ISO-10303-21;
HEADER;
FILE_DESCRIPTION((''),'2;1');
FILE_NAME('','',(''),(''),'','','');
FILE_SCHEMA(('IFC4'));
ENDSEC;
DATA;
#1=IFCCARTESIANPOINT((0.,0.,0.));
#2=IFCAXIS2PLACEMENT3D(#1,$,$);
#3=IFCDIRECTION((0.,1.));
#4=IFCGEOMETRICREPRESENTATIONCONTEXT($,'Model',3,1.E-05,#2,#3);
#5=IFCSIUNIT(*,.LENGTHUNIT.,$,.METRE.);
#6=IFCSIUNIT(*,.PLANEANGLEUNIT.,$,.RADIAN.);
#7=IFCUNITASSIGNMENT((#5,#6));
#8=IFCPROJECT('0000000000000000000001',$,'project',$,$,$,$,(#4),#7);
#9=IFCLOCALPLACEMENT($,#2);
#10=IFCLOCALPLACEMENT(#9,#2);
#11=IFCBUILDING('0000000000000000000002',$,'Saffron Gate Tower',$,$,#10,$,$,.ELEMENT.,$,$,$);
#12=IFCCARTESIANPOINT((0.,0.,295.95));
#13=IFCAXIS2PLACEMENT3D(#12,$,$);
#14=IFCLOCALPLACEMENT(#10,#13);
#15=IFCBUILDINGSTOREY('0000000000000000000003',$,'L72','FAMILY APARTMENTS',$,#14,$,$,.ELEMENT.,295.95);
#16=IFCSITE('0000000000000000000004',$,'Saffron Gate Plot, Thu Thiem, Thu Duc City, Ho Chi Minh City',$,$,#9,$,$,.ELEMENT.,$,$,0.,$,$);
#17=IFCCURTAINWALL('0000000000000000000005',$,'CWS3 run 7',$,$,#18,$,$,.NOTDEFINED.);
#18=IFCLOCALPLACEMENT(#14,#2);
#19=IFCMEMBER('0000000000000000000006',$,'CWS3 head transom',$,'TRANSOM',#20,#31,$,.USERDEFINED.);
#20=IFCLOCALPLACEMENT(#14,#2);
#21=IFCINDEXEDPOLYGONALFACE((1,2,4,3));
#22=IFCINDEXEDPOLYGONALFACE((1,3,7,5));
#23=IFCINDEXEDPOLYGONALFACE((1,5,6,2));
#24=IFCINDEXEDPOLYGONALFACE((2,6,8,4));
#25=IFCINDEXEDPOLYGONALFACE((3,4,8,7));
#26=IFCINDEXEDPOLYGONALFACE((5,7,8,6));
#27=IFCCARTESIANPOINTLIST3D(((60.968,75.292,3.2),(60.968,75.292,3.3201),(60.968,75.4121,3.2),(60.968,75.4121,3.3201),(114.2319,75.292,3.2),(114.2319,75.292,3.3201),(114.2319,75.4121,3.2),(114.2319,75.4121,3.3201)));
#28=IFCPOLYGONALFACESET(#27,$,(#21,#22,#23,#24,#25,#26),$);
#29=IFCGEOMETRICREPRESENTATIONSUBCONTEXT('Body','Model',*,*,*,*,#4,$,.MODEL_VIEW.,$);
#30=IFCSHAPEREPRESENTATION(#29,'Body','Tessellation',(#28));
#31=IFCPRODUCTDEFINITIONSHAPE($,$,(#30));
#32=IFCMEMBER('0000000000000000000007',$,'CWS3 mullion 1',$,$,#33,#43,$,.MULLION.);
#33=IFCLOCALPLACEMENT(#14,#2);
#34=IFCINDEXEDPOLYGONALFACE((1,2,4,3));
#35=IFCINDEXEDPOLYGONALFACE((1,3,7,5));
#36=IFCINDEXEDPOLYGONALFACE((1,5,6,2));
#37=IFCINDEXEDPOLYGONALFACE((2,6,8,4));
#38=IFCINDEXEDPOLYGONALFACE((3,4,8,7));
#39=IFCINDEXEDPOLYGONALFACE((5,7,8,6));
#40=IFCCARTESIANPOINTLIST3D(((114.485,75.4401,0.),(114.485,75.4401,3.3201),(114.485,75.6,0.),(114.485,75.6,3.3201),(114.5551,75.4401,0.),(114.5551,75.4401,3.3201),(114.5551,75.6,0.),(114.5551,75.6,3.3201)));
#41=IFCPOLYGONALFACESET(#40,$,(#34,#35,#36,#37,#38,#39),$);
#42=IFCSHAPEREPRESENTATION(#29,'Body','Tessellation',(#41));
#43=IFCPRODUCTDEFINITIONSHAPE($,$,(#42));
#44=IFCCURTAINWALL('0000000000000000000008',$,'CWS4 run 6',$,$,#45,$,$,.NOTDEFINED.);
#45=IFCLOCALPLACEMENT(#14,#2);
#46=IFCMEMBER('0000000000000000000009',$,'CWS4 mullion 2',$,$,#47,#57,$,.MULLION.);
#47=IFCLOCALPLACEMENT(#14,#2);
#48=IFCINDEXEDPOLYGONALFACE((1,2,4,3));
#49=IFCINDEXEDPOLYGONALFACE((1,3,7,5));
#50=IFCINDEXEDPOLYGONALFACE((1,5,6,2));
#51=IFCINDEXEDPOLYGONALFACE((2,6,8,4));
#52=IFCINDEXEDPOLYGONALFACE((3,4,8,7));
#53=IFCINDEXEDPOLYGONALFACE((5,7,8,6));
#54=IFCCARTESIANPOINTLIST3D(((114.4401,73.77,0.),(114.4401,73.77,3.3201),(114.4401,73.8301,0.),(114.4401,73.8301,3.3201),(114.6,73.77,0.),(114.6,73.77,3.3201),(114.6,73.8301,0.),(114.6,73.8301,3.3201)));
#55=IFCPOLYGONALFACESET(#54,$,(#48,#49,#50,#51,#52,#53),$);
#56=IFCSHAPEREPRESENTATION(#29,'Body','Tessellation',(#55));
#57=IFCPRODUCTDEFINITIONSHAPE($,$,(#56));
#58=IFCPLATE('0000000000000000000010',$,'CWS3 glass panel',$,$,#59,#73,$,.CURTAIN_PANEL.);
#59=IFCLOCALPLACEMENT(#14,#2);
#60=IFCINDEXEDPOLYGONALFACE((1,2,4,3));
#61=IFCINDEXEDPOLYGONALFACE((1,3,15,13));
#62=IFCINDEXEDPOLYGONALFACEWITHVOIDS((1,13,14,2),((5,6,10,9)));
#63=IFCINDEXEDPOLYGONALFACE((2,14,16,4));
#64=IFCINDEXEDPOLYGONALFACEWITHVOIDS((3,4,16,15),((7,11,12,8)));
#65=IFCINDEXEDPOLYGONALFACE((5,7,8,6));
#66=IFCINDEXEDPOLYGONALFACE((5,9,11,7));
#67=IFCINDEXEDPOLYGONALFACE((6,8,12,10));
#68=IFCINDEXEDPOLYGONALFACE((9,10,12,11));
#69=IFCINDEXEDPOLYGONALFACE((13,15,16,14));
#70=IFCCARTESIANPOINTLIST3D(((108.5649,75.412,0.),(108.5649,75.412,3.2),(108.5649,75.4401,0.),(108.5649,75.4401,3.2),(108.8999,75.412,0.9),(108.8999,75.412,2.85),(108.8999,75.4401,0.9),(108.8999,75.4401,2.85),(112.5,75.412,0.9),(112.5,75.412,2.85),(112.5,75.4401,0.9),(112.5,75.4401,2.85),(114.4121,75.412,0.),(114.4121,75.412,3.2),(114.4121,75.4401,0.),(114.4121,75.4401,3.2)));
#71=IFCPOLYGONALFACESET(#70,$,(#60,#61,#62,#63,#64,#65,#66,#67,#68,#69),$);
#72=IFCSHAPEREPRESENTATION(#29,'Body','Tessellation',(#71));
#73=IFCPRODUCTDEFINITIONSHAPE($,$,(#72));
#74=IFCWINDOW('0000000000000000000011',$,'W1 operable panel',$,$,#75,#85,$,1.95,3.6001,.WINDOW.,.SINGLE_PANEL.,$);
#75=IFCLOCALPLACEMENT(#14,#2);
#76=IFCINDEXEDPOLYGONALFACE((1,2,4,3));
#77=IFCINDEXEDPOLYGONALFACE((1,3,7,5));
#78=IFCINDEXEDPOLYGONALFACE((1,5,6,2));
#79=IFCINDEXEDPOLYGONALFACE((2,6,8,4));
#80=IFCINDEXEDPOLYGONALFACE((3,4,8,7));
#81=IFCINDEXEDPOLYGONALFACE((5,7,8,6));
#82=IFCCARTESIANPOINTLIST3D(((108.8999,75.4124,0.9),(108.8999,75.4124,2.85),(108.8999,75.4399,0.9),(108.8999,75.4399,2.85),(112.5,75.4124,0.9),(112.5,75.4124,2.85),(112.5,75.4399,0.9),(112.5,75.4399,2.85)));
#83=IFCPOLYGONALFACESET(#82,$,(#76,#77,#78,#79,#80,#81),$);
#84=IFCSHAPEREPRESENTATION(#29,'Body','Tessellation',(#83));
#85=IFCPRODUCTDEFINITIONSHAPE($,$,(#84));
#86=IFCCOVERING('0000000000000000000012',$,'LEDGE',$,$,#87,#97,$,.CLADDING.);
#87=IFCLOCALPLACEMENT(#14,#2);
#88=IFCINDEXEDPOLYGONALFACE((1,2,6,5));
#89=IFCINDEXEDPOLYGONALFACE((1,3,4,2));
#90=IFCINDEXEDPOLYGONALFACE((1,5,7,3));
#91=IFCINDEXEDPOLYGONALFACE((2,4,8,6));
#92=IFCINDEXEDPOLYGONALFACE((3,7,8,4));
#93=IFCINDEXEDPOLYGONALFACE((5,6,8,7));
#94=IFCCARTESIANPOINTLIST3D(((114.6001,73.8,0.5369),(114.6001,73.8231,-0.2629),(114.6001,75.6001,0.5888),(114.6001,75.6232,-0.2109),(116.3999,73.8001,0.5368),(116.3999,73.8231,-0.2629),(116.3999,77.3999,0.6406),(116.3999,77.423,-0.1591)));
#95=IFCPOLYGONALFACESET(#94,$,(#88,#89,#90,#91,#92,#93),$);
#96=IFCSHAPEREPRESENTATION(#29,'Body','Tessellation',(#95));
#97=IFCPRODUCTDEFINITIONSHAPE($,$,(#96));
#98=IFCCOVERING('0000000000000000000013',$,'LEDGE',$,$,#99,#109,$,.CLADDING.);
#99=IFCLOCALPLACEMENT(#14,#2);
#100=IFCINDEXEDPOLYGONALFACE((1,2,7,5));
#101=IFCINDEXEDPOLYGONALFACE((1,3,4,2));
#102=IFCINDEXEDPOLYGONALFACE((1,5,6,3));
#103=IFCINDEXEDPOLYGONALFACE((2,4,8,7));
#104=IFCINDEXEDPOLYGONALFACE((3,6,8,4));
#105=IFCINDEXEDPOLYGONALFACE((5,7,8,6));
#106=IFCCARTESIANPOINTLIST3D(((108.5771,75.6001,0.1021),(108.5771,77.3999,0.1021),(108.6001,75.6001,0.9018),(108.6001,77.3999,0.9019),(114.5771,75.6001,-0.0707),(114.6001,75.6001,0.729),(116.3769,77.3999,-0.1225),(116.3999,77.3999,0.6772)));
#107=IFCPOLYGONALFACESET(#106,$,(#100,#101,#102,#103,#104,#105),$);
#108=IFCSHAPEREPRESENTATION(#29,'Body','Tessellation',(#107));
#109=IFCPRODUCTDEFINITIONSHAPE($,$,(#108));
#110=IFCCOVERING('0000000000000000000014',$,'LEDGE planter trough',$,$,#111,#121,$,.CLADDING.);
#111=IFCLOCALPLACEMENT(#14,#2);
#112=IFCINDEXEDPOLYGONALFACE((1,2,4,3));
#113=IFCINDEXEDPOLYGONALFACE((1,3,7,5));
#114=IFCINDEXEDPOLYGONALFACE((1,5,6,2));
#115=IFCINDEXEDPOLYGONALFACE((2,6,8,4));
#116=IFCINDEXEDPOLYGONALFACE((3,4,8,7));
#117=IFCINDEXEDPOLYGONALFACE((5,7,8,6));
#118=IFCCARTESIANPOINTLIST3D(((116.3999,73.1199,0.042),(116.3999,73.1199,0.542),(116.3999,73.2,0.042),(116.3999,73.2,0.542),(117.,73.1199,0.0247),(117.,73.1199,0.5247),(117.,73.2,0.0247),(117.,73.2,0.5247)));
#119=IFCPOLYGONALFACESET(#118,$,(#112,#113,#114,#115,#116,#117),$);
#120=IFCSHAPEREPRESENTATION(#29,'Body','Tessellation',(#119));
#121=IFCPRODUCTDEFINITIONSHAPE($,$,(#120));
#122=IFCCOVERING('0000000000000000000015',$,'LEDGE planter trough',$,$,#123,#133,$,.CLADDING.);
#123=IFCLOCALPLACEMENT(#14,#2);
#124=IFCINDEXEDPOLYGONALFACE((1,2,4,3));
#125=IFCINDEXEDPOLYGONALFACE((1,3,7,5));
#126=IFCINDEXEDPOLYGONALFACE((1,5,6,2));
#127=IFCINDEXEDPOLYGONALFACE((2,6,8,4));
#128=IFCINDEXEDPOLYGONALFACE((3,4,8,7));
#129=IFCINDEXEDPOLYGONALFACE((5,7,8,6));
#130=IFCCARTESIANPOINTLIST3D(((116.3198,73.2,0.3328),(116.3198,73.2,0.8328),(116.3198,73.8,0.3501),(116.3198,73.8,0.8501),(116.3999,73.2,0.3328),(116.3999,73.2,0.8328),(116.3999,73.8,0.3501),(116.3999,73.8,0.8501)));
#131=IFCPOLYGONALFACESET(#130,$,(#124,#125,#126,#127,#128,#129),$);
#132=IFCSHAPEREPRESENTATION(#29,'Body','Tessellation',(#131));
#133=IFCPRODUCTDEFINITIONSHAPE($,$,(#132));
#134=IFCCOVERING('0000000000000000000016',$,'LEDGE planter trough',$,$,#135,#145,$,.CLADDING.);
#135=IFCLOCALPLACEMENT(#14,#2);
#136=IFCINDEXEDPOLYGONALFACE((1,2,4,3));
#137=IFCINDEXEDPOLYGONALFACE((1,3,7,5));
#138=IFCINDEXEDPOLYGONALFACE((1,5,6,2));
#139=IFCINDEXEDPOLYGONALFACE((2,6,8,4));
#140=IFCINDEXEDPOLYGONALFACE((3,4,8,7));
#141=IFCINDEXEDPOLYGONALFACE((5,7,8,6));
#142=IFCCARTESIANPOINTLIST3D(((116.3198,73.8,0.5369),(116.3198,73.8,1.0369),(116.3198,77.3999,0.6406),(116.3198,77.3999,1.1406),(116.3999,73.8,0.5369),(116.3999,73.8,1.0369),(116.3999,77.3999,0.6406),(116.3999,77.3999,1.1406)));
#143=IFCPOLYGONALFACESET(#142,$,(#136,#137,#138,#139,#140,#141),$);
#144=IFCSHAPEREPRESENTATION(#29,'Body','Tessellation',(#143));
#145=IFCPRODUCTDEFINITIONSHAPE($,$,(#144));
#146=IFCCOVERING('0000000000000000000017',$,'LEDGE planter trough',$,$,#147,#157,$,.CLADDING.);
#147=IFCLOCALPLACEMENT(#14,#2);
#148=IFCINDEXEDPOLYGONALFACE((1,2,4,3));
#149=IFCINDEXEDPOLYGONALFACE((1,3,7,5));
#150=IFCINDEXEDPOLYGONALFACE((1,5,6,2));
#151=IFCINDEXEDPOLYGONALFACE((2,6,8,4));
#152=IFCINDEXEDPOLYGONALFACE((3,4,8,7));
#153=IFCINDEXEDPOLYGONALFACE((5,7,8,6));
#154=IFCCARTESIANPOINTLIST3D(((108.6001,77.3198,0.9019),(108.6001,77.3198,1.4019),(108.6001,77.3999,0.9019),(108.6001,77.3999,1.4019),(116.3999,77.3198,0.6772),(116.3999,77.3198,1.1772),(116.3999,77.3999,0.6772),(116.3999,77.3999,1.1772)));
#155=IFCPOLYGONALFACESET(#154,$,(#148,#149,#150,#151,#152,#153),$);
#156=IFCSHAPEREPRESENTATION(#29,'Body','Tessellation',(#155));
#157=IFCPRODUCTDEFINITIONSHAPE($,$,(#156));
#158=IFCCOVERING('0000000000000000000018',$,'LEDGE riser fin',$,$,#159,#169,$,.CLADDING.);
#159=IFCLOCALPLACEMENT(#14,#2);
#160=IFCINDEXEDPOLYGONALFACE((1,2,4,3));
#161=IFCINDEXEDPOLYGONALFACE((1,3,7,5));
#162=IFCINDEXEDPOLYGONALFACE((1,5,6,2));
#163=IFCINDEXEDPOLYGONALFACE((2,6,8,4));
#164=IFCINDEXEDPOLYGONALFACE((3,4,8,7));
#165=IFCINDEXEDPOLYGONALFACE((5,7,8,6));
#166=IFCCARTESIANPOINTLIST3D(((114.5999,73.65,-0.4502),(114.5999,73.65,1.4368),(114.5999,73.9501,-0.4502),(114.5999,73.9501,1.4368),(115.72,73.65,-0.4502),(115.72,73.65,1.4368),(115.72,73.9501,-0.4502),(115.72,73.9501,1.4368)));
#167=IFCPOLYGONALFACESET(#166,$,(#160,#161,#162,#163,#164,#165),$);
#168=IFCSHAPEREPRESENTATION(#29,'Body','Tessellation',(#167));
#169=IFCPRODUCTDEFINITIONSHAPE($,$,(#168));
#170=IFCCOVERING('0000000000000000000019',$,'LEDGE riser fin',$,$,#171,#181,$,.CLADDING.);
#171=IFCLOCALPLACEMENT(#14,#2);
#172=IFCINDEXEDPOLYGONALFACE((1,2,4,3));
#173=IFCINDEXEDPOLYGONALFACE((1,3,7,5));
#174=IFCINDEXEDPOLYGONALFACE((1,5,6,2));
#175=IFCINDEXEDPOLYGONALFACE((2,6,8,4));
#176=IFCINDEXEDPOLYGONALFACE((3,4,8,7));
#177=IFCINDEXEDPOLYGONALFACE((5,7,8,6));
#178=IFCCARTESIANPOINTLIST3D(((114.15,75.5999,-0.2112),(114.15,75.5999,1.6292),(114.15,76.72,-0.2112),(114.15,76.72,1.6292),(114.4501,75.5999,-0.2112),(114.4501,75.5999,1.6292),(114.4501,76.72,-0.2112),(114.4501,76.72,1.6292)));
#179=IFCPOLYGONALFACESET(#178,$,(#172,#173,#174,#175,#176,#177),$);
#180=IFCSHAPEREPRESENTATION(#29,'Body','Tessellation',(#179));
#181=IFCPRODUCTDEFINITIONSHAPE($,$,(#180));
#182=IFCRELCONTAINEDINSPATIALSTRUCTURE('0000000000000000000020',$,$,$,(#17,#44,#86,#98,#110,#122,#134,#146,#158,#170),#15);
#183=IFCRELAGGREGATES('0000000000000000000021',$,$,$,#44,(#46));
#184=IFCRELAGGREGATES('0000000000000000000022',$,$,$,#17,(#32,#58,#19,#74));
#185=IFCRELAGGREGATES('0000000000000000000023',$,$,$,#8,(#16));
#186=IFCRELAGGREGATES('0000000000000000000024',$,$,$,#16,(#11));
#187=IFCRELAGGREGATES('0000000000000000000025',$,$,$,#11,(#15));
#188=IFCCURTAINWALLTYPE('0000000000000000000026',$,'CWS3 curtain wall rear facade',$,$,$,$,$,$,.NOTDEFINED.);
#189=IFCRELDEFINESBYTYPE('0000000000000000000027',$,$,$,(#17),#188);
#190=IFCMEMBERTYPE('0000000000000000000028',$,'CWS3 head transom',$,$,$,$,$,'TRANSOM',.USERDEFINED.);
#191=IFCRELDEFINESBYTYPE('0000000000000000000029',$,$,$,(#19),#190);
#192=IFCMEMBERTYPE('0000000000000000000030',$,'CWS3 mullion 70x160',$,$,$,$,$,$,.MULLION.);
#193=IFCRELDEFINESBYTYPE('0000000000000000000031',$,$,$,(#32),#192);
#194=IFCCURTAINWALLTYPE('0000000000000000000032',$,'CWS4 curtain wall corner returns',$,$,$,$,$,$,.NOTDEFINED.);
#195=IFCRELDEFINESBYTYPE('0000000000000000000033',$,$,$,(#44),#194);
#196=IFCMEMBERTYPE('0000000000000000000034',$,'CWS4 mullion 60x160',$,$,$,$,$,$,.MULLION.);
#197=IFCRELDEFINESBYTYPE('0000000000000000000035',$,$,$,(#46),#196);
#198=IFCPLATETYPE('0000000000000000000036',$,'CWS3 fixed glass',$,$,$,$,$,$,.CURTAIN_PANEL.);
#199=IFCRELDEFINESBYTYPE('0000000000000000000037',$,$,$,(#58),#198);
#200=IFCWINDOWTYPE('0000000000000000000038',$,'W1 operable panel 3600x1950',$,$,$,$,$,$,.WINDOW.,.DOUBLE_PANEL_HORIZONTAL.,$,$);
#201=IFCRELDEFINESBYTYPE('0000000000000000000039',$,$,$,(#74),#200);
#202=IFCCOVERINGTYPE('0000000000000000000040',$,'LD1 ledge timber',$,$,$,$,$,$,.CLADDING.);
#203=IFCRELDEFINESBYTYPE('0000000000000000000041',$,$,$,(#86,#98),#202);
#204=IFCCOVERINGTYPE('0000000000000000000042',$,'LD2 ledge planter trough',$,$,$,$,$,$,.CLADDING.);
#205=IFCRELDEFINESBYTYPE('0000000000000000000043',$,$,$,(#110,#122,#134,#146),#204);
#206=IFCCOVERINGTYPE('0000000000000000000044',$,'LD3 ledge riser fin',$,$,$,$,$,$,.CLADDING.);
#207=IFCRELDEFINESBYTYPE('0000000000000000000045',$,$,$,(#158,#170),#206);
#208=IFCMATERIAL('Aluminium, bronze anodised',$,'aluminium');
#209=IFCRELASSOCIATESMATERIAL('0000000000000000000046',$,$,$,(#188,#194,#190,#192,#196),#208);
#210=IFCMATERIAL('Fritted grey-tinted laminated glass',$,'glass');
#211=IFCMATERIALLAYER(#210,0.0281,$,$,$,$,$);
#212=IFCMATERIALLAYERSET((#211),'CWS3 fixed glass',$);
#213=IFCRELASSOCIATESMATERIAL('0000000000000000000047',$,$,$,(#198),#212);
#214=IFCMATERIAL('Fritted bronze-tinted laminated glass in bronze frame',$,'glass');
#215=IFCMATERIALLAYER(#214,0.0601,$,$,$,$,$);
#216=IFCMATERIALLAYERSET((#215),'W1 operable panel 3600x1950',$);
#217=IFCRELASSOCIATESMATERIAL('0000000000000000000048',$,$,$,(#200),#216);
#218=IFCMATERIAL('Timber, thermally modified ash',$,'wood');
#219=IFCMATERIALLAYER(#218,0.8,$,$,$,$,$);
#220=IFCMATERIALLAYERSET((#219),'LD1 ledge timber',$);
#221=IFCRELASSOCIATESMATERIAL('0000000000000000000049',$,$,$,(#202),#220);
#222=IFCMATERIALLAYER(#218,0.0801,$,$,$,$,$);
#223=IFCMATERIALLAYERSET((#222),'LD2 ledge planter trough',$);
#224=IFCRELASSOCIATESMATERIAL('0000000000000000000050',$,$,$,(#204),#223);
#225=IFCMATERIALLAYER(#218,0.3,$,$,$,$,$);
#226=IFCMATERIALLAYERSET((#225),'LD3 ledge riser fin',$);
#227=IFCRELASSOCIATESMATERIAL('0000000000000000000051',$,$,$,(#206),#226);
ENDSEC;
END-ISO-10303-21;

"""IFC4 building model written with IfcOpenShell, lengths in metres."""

from ifc_helpers import new_model, si_unit, direction, frame, frame_2d, origin, origin_2d, place, context, subcontext, project, spatial, polyline, rectangle, outline, extrude, material, layer, layer_set, material_profile, profile_set, type_object, element, fill, aggregate, save


model = new_model("IFC4")

# Units and contexts
model_context = context("Model", 3, precision=1e-05, world=origin(), true_north=direction((0.0, 1.0)))
body_context = subcontext(model_context, "Body", "Model", "MODEL_VIEW")
ifc_project = project(units=[si_unit("LENGTHUNIT", "METRE"), si_unit("PLANEANGLEUNIT", "RADIAN")], contexts=[model_context])

# Site, building, storey
site_placement = place(None, origin())
site = spatial("IfcSite", under=ifc_project, at=site_placement, Name="Saffron Gate Plot, Thu Thiem, Thu Duc City, Ho Chi Minh City", CompositionType="ELEMENT", RefElevation=0.0)
building_placement = place(site_placement, origin())
building = spatial("IfcBuilding", under=site, at=building_placement, Name="Saffron Gate Tower", CompositionType="ELEMENT")
storey_placement = place(building_placement, frame((0.0, 0.0, 295.95)))
storey = spatial("IfcBuildingStorey", under=building, at=storey_placement, Name="L72", Description="FAMILY APARTMENTS", CompositionType="ELEMENT", Elevation=295.95)

# Curtain wall, members
ifc_material_1 = material(Name="Aluminium, bronze anodised", Category="aluminium")
curtain_wall_type_1 = type_object("IfcCurtainWallType", Name="CWS3 curtain wall rear facade", PredefinedType="NOTDEFINED", material=ifc_material_1)
curtain_wall_1_placement = place(storey_placement, origin())
curtain_wall_1 = element("IfcCurtainWall", 1, at=curtain_wall_1_placement, inside=storey, type_object=curtain_wall_type_1, Name="CWS3 run 7", PredefinedType="NOTDEFINED")
ifc_material_profile_1 = material_profile(ifc_material_1, rectangle(XDim=0.1201, YDim=0.1201, at=origin_2d()))
ifc_profile_set_1 = profile_set([ifc_material_profile_1], Name="Aluminium, bronze anodised")
member_type_1 = type_object("IfcMemberType", Name="CWS3 head transom", ElementType="TRANSOM", PredefinedType="USERDEFINED", material=ifc_profile_set_1)
member_1_placement = place(storey_placement, frame((114.2319, 75.3521, 3.26), z_axis=(-1.0, 0.0, 0.0), x_axis=(0.0, -1.0, 0.0)))
member_1 = element("IfcMember", 2, at=member_1_placement, type_object=member_type_1, Name="CWS3 head transom", ObjectType="TRANSOM", PredefinedType="USERDEFINED", context=body_context, shape_type="SweptSolid", body=[
    extrude(rectangle(XDim=0.1201, YDim=0.1201, at=origin_2d()), origin(), (0.0, 0.0, 1.0), 53.2639),
])
ifc_material_profile_2 = material_profile(ifc_material_1, rectangle(XDim=0.1599, YDim=0.0701, at=origin_2d()))
ifc_profile_set_2 = profile_set([ifc_material_profile_2], Name="Aluminium, bronze anodised")
member_type_2 = type_object("IfcMemberType", Name="CWS3 mullion 70x160", PredefinedType="MULLION", material=ifc_profile_set_2)
member_2_placement = place(storey_placement, frame((114.52, 75.52, 0.0), z_axis=(0.0, 0.0, 1.0), x_axis=(0.0, -1.0, 0.0)))
member_2 = element("IfcMember", 3, at=member_2_placement, type_object=member_type_2, Name="CWS3 mullion 1", PredefinedType="MULLION", context=body_context, shape_type="SweptSolid", body=[
    extrude(rectangle(XDim=0.1599, YDim=0.0701, at=origin_2d()), origin(), (0.0, 0.0, 1.0), 3.3201),
])

# Curtain wall, member
curtain_wall_type_2 = type_object("IfcCurtainWallType", Name="CWS4 curtain wall corner returns", PredefinedType="NOTDEFINED", material=ifc_material_1)
curtain_wall_2_placement = place(storey_placement, origin())
curtain_wall_2 = element("IfcCurtainWall", 4, at=curtain_wall_2_placement, inside=storey, type_object=curtain_wall_type_2, Name="CWS4 run 6", PredefinedType="NOTDEFINED")
ifc_material_profile_3 = material_profile(ifc_material_1, rectangle(XDim=0.1599, YDim=0.0601, at=origin_2d()))
ifc_profile_set_3 = profile_set([ifc_material_profile_3], Name="Aluminium, bronze anodised")
member_type_3 = type_object("IfcMemberType", Name="CWS4 mullion 60x160", PredefinedType="MULLION", material=ifc_profile_set_3)
member_3_placement = place(storey_placement, frame((114.52, 73.8, 0.0), z_axis=(0.0, 0.0, 1.0), x_axis=(-1.0, 0.0, 0.0)))
member_3 = element("IfcMember", 5, at=member_3_placement, type_object=member_type_3, Name="CWS4 mullion 2", PredefinedType="MULLION", context=body_context, shape_type="SweptSolid", body=[
    extrude(rectangle(XDim=0.1599, YDim=0.0601, at=origin_2d()), origin(), (0.0, 0.0, 1.0), 3.3201),
])
aggregate(curtain_wall_2, [member_3])

# Plate, opening, window
ifc_material_2 = material(Name="Fritted grey-tinted laminated glass", Category="glass")
ifc_layer_1 = layer(ifc_material_2, 0.0281)
ifc_layer_set_1 = layer_set([ifc_layer_1], Name="CWS3 fixed glass")
plate_type = type_object("IfcPlateType", Name="CWS3 fixed glass", PredefinedType="CURTAIN_PANEL", material=ifc_layer_set_1)
plate_placement = place(storey_placement, frame((114.4121, 75.426, 0.0), z_axis=(0.0, 0.0, 1.0), x_axis=(-1.0, 0.0, 0.0)))
plate = element("IfcPlate", 6, at=plate_placement, type_object=plate_type, Name="CWS3 glass panel", PredefinedType="CURTAIN_PANEL", context=body_context, shape_type="SweptSolid", body=[
    extrude(rectangle(XDim=5.8472, YDim=0.0281, at=frame_2d((2.9236, 0.0))), origin(), (0.0, 0.0, 1.0), 3.2),
])
opening_placement = place(plate_placement, frame((1.9121, 0.0, 0.8999)))
opening = element("IfcOpeningElement", 7, at=opening_placement, cuts=plate, PredefinedType="OPENING", context=body_context, shape_type="SweptSolid", body=[
    extrude(rectangle(XDim=3.6001, YDim=1.95, at=frame_2d((1.8, 0.9751))), frame((0.0, 0.0239, 0.0), z_axis=(0.0, -1.0, 0.0), x_axis=(1.0, 0.0, 0.0)), (0.0, 0.0, 1.0), 0.0481),
])
ifc_material_3 = material(Name="Fritted bronze-tinted laminated glass in bronze frame", Category="glass")
ifc_layer_2 = layer(ifc_material_3, 0.0601)
ifc_layer_set_2 = layer_set([ifc_layer_2], Name="W1 operable panel 3600x1950")
window_type = type_object("IfcWindowType", Name="W1 operable panel 3600x1950", PartitioningType="DOUBLE_PANEL_HORIZONTAL", PredefinedType="WINDOW", material=ifc_layer_set_2)
window_placement = place(opening_placement, origin())
window = element("IfcWindow", 8, at=window_placement, type_object=window_type, Name="W1 operable panel", OverallHeight=1.95, OverallWidth=3.6001, PartitioningType="SINGLE_PANEL", PredefinedType="WINDOW", context=body_context, shape_type="SweptSolid", body=[
    extrude(rectangle(XDim=3.6001, YDim=1.95, at=frame_2d((1.8, 0.9751))), frame((0.0, 0.0137, 0.0), z_axis=(0.0, -1.0, 0.0), x_axis=(1.0, 0.0, 0.0)), (0.0, 0.0, 1.0), 0.0276),
])
fill(opening, window)
aggregate(curtain_wall_1, [member_2, plate, member_1, window])

# Coverings
ifc_material_4 = material(Name="Timber, thermally modified ash", Category="wood")
ifc_layer_3 = layer(ifc_material_4, 0.8)
ifc_layer_set_3 = layer_set([ifc_layer_3], Name="LD1 ledge timber")
covering_type_1 = type_object("IfcCoveringType", Name="LD1 ledge timber", PredefinedType="CLADDING", material=ifc_layer_set_3)
covering_1_placement = place(storey_placement, frame((114.6001, 73.8, 0.5369), z_axis=(0.000044, -0.028833, 0.999584), x_axis=(0.0, 0.999584, 0.028833)))
element("IfcCovering", 9, at=covering_1_placement, inside=storey, type_object=covering_type_1, Name="LEDGE", PredefinedType="CLADDING", context=body_context, shape_type="SweptSolid", body=[
    extrude(outline(polyline([(0.0, 0.0), (1.8008, 0.0), (3.6013, -1.7998), (0.0, -1.7998), (0.0, 0.0)])), origin(), (0.0, 0.0, -1.0), 0.8),
])
covering_2_placement = place(storey_placement, frame((114.6001, 75.6001, 0.729), z_axis=(0.02879, -0.000022, 0.999585), x_axis=(-0.999585, 0.0, 0.02879)))
element("IfcCovering", 10, at=covering_2_placement, inside=storey, type_object=covering_type_1, Name="LEDGE", PredefinedType="CLADDING", context=body_context, shape_type="SweptSolid", body=[
    extrude(outline(polyline([(0.0, 0.0), (6.0025, 0.0), (6.0025, -1.7998), (-1.8005, -1.7998), (0.0, 0.0)])), origin(), (0.0, 0.0, -1.0), 0.8),
])
ifc_layer_4 = layer(ifc_material_4, 0.0801)
ifc_layer_set_4 = layer_set([ifc_layer_4], Name="LD2 ledge planter trough")
covering_type_2 = type_object("IfcCoveringType", Name="LD2 ledge planter trough", PredefinedType="CLADDING", material=ifc_layer_set_4)
for number, where, z_axis, x_axis, name in (
    (11, (117.0, 73.2, 0.0247), (0.0, 1.0, 0.0), (-0.999583, 0.0, 0.028873), "LEDGE planter trough"),
    (12, (116.3999, 73.2, 0.3328), (1.0, 0.0, 0.0), (0.0, 0.999583, 0.028873), "LEDGE planter trough"),
):
    element("IfcCovering", number, at=place(storey_placement, frame(where, z_axis=z_axis, x_axis=x_axis)), inside=storey, type_object=covering_type_2, Name=name, PredefinedType="CLADDING", context=body_context, shape_type="SweptSolid", body=[
        extrude(outline(polyline([(0.0, 0.0), (0.6003, 0.0), (0.6148, 0.4998), (0.0144, 0.4998), (0.0, 0.0)])), origin(), (0.0, 0.0, -1.0), 0.0801),
    ])
covering_3_placement = place(storey_placement, frame((116.3999, 73.8, 0.5369), z_axis=(1.0, 0.0, 0.0), x_axis=(0.0, 0.999585, 0.028811)))
element("IfcCovering", 13, at=covering_3_placement, inside=storey, type_object=covering_type_2, Name="LEDGE planter trough", PredefinedType="CLADDING", context=body_context, shape_type="SweptSolid", body=[
    extrude(outline(polyline([(0.0, 0.0), (3.6013, 0.0), (3.6158, 0.4998), (0.0144, 0.4998), (0.0, 0.0)])), origin(), (0.0, 0.0, -1.0), 0.0801),
])
covering_4_placement = place(storey_placement, frame((116.3999, 77.3999, 0.6772), z_axis=(0.0, 1.0, 0.0), x_axis=(-0.999586, 0.0, 0.028785)))
element("IfcCovering", 14, at=covering_4_placement, inside=storey, type_object=covering_type_2, Name="LEDGE planter trough", PredefinedType="CLADDING", context=body_context, shape_type="SweptSolid", body=[
    extrude(outline(polyline([(0.0, 0.0), (7.803, 0.0), (7.8174, 0.4998), (0.0144, 0.4998), (0.0, 0.0)])), origin(), (0.0, 0.0, -1.0), 0.0801),
])
ifc_layer_5 = layer(ifc_material_4, 0.3)
ifc_layer_set_5 = layer_set([ifc_layer_5], Name="LD3 ledge riser fin")
covering_type_3 = type_object("IfcCoveringType", Name="LD3 ledge riser fin", PredefinedType="CLADDING", material=ifc_layer_set_5)
covering_5_placement = place(storey_placement, frame((115.1599, 73.8, -0.4502), z_axis=(0.0, 0.0, 1.0), x_axis=(0.0, 1.0, 0.0)))
element("IfcCovering", 15, at=covering_5_placement, inside=storey, type_object=covering_type_3, Name="LEDGE riser fin", PredefinedType="CLADDING", context=body_context, shape_type="SweptSolid", body=[
    extrude(rectangle(XDim=0.3, YDim=1.1201, at=origin_2d()), origin(), (0.0, 0.0, 1.0), 1.887),
])
covering_6_placement = place(storey_placement, frame((114.3, 76.1599, -0.2112), z_axis=(0.0, 0.0, 1.0), x_axis=(-1.0, 0.0, 0.0)))
element("IfcCovering", 16, at=covering_6_placement, inside=storey, type_object=covering_type_3, Name="LEDGE riser fin", PredefinedType="CLADDING", context=body_context, shape_type="SweptSolid", body=[
    extrude(rectangle(XDim=0.3, YDim=1.1201, at=origin_2d()), origin(), (0.0, 0.0, 1.0), 1.8403),
])

save(model, "model.ifc")
